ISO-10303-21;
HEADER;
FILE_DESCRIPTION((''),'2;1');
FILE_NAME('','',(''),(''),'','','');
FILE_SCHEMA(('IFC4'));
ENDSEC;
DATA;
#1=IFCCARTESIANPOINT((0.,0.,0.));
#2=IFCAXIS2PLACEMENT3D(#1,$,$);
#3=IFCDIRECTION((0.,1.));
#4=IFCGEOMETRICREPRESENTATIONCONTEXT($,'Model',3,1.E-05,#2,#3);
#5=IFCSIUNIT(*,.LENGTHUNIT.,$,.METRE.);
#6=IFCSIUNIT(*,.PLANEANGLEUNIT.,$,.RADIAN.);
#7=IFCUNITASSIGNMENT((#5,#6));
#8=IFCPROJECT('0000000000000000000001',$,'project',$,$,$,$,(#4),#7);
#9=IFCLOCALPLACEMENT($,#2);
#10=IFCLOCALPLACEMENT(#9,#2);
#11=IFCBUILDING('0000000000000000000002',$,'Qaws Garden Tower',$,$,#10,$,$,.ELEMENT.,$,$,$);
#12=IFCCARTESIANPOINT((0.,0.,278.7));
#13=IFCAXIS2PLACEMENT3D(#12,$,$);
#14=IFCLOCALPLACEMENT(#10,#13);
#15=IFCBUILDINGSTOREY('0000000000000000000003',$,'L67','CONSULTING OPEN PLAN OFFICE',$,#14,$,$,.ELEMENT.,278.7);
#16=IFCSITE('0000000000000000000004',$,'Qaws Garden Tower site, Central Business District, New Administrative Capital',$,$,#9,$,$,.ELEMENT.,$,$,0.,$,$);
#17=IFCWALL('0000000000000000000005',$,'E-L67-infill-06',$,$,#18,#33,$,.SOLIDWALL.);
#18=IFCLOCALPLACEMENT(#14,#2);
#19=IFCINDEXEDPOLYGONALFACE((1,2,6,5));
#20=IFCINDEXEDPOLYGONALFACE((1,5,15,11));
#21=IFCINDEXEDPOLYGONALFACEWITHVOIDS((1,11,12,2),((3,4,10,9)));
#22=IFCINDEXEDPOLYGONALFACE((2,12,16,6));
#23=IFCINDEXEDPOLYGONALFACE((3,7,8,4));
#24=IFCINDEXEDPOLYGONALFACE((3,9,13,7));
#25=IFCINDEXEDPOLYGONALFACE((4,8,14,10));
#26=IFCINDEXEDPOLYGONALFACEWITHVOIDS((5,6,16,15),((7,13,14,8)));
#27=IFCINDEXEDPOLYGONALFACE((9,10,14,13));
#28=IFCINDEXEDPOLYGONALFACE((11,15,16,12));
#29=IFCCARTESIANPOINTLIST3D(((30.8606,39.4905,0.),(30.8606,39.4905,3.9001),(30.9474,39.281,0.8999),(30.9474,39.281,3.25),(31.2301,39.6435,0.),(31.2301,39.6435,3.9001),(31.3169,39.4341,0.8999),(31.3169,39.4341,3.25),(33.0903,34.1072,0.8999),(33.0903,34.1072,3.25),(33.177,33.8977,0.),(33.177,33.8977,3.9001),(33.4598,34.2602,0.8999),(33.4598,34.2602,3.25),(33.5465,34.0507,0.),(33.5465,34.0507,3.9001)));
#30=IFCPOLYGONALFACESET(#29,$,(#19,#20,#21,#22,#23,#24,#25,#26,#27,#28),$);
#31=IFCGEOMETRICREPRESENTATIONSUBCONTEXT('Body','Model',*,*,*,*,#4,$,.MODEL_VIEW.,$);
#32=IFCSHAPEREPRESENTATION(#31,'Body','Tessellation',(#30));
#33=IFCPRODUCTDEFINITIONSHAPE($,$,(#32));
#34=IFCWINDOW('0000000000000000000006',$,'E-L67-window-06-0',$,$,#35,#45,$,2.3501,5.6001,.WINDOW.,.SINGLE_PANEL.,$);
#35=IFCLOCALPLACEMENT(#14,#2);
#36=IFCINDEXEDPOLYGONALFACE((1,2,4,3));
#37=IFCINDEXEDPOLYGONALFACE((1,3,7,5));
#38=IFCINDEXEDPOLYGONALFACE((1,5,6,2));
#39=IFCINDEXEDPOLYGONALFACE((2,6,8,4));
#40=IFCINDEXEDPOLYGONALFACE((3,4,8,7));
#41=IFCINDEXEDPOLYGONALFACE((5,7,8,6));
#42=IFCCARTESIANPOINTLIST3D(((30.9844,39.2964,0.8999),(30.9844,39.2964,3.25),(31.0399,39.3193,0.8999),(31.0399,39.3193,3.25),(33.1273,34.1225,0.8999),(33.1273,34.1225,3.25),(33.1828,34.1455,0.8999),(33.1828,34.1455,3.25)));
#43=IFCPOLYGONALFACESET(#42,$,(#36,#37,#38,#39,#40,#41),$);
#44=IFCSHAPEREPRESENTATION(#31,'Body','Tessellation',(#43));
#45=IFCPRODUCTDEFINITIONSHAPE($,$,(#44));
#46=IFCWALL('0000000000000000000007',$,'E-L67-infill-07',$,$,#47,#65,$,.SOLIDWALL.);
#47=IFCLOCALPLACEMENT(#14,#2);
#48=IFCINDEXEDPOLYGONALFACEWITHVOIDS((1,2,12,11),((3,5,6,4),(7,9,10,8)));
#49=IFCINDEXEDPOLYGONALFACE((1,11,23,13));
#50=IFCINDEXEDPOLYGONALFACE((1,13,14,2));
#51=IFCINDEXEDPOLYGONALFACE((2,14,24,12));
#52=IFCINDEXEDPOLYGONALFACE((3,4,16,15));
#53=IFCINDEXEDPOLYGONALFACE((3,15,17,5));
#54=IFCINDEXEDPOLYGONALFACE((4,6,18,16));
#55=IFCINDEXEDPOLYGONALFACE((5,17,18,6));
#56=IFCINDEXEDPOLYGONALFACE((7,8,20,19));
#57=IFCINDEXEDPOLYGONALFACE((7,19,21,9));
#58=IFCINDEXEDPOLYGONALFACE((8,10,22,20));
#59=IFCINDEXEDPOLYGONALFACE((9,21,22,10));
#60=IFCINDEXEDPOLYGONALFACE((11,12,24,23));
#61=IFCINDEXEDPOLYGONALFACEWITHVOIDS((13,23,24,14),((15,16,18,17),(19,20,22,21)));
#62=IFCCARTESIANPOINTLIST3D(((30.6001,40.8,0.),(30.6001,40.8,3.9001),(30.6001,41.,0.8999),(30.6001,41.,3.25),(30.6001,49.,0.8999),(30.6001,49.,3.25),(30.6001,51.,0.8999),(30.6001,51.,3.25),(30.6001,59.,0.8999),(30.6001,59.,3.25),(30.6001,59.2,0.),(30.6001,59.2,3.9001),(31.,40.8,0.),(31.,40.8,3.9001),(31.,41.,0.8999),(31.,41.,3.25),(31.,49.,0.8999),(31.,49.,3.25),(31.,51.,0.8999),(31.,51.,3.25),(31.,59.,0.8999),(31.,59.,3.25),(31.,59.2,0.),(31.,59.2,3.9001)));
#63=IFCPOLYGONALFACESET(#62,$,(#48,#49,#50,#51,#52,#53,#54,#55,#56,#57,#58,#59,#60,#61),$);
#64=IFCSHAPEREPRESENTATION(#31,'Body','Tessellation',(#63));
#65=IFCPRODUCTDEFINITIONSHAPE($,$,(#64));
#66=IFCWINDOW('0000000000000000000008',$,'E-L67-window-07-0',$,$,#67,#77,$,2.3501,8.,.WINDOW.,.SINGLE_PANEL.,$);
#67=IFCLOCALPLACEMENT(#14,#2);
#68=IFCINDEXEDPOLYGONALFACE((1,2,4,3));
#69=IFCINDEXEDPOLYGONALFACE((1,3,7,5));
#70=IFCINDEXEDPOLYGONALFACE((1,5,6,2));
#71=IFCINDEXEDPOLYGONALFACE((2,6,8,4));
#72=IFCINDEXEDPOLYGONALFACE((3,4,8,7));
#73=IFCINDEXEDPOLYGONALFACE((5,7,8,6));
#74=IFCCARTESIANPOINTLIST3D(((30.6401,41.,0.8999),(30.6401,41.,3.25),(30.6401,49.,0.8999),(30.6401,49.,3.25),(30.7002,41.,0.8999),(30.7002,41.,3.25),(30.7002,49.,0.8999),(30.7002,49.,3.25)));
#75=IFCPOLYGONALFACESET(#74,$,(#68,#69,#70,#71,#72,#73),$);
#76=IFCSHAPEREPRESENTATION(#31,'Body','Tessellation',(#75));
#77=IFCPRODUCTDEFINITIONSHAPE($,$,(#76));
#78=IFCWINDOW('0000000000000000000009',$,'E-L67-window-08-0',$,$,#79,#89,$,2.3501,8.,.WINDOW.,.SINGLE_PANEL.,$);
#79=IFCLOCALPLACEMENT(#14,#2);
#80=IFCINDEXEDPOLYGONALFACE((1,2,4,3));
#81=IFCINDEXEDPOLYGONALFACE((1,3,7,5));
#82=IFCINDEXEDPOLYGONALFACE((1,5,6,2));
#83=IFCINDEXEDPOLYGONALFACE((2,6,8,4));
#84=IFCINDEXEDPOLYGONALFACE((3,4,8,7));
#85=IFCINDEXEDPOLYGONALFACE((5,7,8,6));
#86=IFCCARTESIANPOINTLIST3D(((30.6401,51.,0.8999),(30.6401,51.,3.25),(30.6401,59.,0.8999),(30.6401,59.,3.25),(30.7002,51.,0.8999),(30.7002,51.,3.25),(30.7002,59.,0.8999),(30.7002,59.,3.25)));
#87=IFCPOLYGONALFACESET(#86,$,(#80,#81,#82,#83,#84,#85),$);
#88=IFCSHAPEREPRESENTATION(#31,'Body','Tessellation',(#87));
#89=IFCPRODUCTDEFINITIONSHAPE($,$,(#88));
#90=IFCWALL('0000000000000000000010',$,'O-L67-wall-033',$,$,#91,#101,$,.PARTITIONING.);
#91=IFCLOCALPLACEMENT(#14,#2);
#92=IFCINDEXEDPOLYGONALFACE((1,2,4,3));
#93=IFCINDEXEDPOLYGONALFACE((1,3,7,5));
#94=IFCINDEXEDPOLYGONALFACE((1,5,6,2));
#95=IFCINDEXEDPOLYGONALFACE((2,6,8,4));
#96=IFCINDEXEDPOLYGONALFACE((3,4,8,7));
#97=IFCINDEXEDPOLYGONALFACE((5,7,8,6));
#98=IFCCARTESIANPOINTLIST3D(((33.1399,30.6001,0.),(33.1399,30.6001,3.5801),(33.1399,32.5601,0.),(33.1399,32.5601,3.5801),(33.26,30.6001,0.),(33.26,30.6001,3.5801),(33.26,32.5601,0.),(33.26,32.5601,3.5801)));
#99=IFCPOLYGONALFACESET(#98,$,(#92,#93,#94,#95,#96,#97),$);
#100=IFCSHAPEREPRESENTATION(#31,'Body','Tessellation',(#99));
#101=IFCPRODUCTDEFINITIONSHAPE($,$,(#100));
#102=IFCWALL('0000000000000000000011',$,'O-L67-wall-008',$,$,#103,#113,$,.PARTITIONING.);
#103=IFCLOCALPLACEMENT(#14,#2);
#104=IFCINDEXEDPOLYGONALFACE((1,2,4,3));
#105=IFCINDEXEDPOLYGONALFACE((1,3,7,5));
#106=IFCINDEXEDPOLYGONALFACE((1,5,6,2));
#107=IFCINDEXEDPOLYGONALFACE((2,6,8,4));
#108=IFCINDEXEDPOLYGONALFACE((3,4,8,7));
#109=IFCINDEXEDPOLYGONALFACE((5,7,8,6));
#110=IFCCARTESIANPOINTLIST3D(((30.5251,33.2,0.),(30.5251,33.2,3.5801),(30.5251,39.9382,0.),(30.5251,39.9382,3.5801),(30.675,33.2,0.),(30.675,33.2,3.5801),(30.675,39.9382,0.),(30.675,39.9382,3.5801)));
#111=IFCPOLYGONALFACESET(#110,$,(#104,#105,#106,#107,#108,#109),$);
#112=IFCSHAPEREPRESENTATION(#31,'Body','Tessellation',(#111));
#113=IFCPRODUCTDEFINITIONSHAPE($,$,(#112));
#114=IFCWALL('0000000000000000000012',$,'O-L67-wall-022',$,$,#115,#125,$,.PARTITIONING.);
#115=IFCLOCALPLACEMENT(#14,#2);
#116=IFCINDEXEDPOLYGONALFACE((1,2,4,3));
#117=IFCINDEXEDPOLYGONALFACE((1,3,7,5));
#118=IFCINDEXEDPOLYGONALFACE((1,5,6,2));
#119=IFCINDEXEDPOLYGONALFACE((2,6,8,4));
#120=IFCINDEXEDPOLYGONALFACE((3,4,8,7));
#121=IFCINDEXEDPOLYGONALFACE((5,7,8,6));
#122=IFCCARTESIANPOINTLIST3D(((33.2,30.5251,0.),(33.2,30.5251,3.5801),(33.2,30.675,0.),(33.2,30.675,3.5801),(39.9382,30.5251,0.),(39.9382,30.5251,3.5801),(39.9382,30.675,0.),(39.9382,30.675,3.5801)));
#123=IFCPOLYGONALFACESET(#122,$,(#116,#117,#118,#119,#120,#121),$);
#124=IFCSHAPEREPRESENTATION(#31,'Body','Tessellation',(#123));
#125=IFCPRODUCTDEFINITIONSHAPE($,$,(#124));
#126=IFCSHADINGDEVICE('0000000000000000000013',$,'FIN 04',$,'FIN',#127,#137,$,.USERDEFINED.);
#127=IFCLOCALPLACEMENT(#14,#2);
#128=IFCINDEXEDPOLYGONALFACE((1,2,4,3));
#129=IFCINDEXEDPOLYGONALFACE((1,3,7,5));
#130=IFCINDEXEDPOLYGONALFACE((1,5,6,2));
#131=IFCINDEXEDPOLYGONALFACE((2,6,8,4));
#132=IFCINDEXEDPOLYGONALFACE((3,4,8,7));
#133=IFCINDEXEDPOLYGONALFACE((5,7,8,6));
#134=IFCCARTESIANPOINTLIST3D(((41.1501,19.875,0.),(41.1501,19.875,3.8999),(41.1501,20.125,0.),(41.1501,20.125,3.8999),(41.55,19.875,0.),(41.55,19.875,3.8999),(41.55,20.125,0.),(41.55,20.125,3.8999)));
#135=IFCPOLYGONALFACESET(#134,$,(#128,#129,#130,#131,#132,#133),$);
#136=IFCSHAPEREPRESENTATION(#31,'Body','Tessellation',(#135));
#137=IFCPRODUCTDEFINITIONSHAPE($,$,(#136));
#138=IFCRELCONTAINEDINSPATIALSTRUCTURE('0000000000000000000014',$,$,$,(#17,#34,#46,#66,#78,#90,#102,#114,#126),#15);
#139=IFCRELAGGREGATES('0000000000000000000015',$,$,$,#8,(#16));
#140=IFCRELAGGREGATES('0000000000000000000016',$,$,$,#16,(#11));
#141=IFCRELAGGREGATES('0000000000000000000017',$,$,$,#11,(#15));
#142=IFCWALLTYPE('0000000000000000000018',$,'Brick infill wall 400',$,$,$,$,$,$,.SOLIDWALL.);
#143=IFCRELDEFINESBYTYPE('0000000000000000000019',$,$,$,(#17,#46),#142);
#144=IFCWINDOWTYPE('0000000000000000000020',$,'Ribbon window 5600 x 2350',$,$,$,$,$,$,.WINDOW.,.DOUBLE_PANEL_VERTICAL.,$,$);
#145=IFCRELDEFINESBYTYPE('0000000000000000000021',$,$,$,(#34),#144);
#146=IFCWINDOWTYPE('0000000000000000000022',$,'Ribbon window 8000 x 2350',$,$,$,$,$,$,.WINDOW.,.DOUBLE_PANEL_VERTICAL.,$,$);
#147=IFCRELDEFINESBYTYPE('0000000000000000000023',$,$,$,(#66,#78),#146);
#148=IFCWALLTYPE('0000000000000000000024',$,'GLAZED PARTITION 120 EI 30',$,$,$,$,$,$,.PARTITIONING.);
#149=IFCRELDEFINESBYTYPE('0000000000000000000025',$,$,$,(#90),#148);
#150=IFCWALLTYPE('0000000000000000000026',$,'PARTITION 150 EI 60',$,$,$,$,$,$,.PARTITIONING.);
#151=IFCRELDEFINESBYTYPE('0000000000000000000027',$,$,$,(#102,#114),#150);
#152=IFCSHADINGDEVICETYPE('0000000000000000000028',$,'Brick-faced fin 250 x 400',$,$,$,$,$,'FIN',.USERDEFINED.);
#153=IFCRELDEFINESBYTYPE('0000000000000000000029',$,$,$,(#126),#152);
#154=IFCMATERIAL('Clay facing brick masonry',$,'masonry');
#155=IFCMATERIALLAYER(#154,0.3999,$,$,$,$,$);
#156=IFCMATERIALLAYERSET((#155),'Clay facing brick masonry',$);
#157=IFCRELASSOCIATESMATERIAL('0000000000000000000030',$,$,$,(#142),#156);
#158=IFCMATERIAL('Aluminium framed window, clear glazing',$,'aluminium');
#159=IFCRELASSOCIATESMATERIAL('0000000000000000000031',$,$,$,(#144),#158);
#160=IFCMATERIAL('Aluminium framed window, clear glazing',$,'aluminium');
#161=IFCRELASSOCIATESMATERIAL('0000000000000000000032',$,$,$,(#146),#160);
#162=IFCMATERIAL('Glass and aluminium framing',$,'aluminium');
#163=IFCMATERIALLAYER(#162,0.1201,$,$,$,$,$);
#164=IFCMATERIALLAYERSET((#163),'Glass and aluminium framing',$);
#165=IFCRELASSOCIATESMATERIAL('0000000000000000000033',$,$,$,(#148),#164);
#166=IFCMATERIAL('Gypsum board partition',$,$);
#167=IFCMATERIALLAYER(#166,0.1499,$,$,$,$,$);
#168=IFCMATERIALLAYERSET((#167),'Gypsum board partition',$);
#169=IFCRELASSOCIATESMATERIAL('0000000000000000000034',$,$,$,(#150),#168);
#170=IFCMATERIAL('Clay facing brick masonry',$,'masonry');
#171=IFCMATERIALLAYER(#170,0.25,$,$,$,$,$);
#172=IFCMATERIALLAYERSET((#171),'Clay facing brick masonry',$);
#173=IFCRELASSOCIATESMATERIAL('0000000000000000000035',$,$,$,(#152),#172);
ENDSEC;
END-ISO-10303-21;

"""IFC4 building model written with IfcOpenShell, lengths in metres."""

from ifc_helpers import new_model, si_unit, direction, frame, frame_2d, origin, origin_2d, place, context, subcontext, project, spatial, rectangle, extrude, material, layer, layer_set, type_object, element, fill, save


model = new_model("IFC4")

# Units and contexts
model_context = context("Model", 3, precision=1e-05, world=origin(), true_north=direction((0.0, 1.0)))
body_context = subcontext(model_context, "Body", "Model", "MODEL_VIEW")
ifc_project = project(units=[si_unit("LENGTHUNIT", "METRE"), si_unit("PLANEANGLEUNIT", "RADIAN")], contexts=[model_context])

# Site, building, storey
site_placement = place(None, origin())
site = spatial("IfcSite", under=ifc_project, at=site_placement, Name="Qaws Garden Tower site, Central Business District, New Administrative Capital", CompositionType="ELEMENT", RefElevation=0.0)
building_placement = place(site_placement, origin())
building = spatial("IfcBuilding", under=site, at=building_placement, Name="Qaws Garden Tower", CompositionType="ELEMENT")
storey_placement = place(building_placement, frame((0.0, 0.0, 278.7)))
storey = spatial("IfcBuildingStorey", under=building, at=storey_placement, Name="L67", Description="CONSULTING OPEN PLAN OFFICE", CompositionType="ELEMENT", Elevation=278.7)

# Wall, opening, window
ifc_material_1 = material(Name="Clay facing brick masonry", Category="masonry")
ifc_layer_1 = layer(ifc_material_1, 0.3999)
ifc_layer_set_1 = layer_set([ifc_layer_1], Name="Clay facing brick masonry")
wall_type_1 = type_object("IfcWallType", Name="Brick infill wall 400", PredefinedType="SOLIDWALL", material=ifc_layer_set_1)
ifc_material_2 = material(Name="Aluminium framed window, clear glazing", Category="aluminium")
window_type_1 = type_object("IfcWindowType", Name="Ribbon window 5600 x 2350", PartitioningType="DOUBLE_PANEL_VERTICAL", PredefinedType="WINDOW", material=ifc_material_2)
wall_1_placement = place(storey_placement, frame((33.3618, 33.9741, 0.0), z_axis=(0.0, 0.0, 1.0), x_axis=(-0.382656, 0.923891, 0.0)))
wall_1 = element("IfcWall", 1, at=wall_1_placement, inside=storey, type_object=wall_type_1, Name="E-L67-infill-06", PredefinedType="SOLIDWALL", context=body_context, shape_type="SweptSolid", body=[
    extrude(rectangle(XDim=6.0535, YDim=0.3999, at=frame_2d((3.0269, 0.0))), origin(), (0.0, 0.0, 1.0), 3.9001),
])
opening_1_placement = place(wall_1_placement, frame((0.2268, 0.0, 0.8999)))
opening_1 = element("IfcOpeningElement", 2, at=opening_1_placement, cuts=wall_1, PredefinedType="OPENING", context=body_context, shape_type="SweptSolid", body=[
    extrude(rectangle(XDim=5.6001, YDim=2.3501, at=frame_2d((2.8, 1.175))), frame((0.0, 0.21, 0.0), z_axis=(0.0, -1.0, 0.0), x_axis=(1.0, 0.0, 0.0)), (0.0, 0.0, 1.0), 0.4199),
])
window_1_placement = place(opening_1_placement, origin())
window_1 = element("IfcWindow", 3, at=window_1_placement, inside=storey, type_object=window_type_1, Name="E-L67-window-06-0", OverallHeight=2.3501, OverallWidth=5.6001, PartitioningType="SINGLE_PANEL", PredefinedType="WINDOW", context=body_context, shape_type="SweptSolid", body=[
    extrude(rectangle(XDim=5.6001, YDim=2.3501, at=frame_2d((2.8, 1.175))), frame((0.0, 0.1599, 0.0), z_axis=(0.0, -1.0, 0.0), x_axis=(1.0, 0.0, 0.0)), (0.0, 0.0, 1.0), 0.0601),
])
fill(opening_1, window_1)

# Wall, openings, windows
wall_2_placement = place(storey_placement, frame((30.8, 40.8, 0.0), z_axis=(0.0, 0.0, 1.0), x_axis=(0.0, 1.0, 0.0)))
wall_2 = element("IfcWall", 4, at=wall_2_placement, inside=storey, type_object=wall_type_1, Name="E-L67-infill-07", PredefinedType="SOLIDWALL", context=body_context, shape_type="SweptSolid", body=[
    extrude(rectangle(XDim=18.3999, YDim=0.3999, at=frame_2d((9.2, 0.0))), origin(), (0.0, 0.0, 1.0), 3.9001),
])
opening_2_placement = place(wall_2_placement, frame((0.2, 0.0, 0.8999)))
opening_2 = element("IfcOpeningElement", 5, at=opening_2_placement, cuts=wall_2, PredefinedType="OPENING", context=body_context, shape_type="SweptSolid", body=[
    extrude(rectangle(XDim=8.0, YDim=2.3501, at=frame_2d((4.0, 1.175))), frame((0.0, 0.21, 0.0), z_axis=(0.0, -1.0, 0.0), x_axis=(1.0, 0.0, 0.0)), (0.0, 0.0, 1.0), 0.4199),
])
opening_3_placement = place(wall_2_placement, frame((10.2, 0.0, 0.8999)))
opening_3 = element("IfcOpeningElement", 6, at=opening_3_placement, cuts=wall_2, PredefinedType="OPENING", context=body_context, shape_type="SweptSolid", body=[
    extrude(rectangle(XDim=8.0, YDim=2.3501, at=frame_2d((4.0, 1.175))), frame((0.0, 0.21, 0.0), z_axis=(0.0, -1.0, 0.0), x_axis=(1.0, 0.0, 0.0)), (0.0, 0.0, 1.0), 0.4199),
])
ifc_material_3 = material(Name="Aluminium framed window, clear glazing", Category="aluminium")
window_type_2 = type_object("IfcWindowType", Name="Ribbon window 8000 x 2350", PartitioningType="DOUBLE_PANEL_VERTICAL", PredefinedType="WINDOW", material=ifc_material_3)
window_2_placement = place(opening_2_placement, origin())
window_2 = element("IfcWindow", 7, at=window_2_placement, inside=storey, type_object=window_type_2, Name="E-L67-window-07-0", OverallHeight=2.3501, OverallWidth=8.0, PartitioningType="SINGLE_PANEL", PredefinedType="WINDOW", context=body_context, shape_type="SweptSolid", body=[
    extrude(rectangle(XDim=8.0, YDim=2.3501, at=frame_2d((4.0, 1.175))), frame((0.0, 0.1599, 0.0), z_axis=(0.0, -1.0, 0.0), x_axis=(1.0, 0.0, 0.0)), (0.0, 0.0, 1.0), 0.0601),
])
fill(opening_2, window_2)
window_3_placement = place(opening_3_placement, origin())
window_3 = element("IfcWindow", 8, at=window_3_placement, inside=storey, type_object=window_type_2, Name="E-L67-window-08-0", OverallHeight=2.3501, OverallWidth=8.0, PartitioningType="SINGLE_PANEL", PredefinedType="WINDOW", context=body_context, shape_type="SweptSolid", body=[
    extrude(rectangle(XDim=8.0, YDim=2.3501, at=frame_2d((4.0, 1.175))), frame((0.0, 0.1599, 0.0), z_axis=(0.0, -1.0, 0.0), x_axis=(1.0, 0.0, 0.0)), (0.0, 0.0, 1.0), 0.0601),
])
fill(opening_3, window_3)

# Walls
ifc_material_4 = material(Name="Glass and aluminium framing", Category="aluminium")
ifc_layer_2 = layer(ifc_material_4, 0.1201)
ifc_layer_set_2 = layer_set([ifc_layer_2], Name="Glass and aluminium framing")
wall_type_2 = type_object("IfcWallType", Name="GLAZED PARTITION 120 EI 30", PredefinedType="PARTITIONING", material=ifc_layer_set_2)
wall_3_placement = place(storey_placement, frame((33.2, 30.6001, 0.0), z_axis=(0.0, 0.0, 1.0), x_axis=(0.0, 1.0, 0.0)))
element("IfcWall", 9, at=wall_3_placement, inside=storey, type_object=wall_type_2, Name="O-L67-wall-033", PredefinedType="PARTITIONING", context=body_context, shape_type="SweptSolid", body=[
    extrude(rectangle(XDim=1.96, YDim=0.1201, at=frame_2d((0.98, 0.0))), origin(), (0.0, 0.0, 1.0), 3.5801),
])
ifc_material_5 = material(Name="Gypsum board partition")
ifc_layer_3 = layer(ifc_material_5, 0.1499)
ifc_layer_set_3 = layer_set([ifc_layer_3], Name="Gypsum board partition")
wall_type_3 = type_object("IfcWallType", Name="PARTITION 150 EI 60", PredefinedType="PARTITIONING", material=ifc_layer_set_3)
for number, where, z_axis, x_axis, name in (
    (10, (30.6001, 33.2, 0.0), (0.0, 0.0, 1.0), (0.0, 1.0, 0.0), "O-L67-wall-008"),
    (11, (33.2, 30.6001, 0.0), (0.0, 0.0, 1.0), (1.0, 0.0, 0.0), "O-L67-wall-022"),
):
    element("IfcWall", number, at=place(storey_placement, frame(where, z_axis=z_axis, x_axis=x_axis)), inside=storey, type_object=wall_type_3, Name=name, PredefinedType="PARTITIONING", context=body_context, shape_type="SweptSolid", body=[
        extrude(rectangle(XDim=6.7383, YDim=0.1499, at=frame_2d((3.3691, 0.0))), origin(), (0.0, 0.0, 1.0), 3.5801),
    ])

# Shading device
ifc_material_6 = material(Name="Clay facing brick masonry", Category="masonry")
ifc_layer_4 = layer(ifc_material_6, 0.25)
ifc_layer_set_4 = layer_set([ifc_layer_4], Name="Clay facing brick masonry")
shading_device_type = type_object("IfcShadingDeviceType", Name="Brick-faced fin 250 x 400", ElementType="FIN", PredefinedType="USERDEFINED", material=ifc_layer_set_4)
shading_device_placement = place(storey_placement, frame((41.3501, 20.0, 0.0), z_axis=(0.0, 0.0, 1.0), x_axis=(0.0, 1.0, 0.0)))
element("IfcShadingDevice", 12, at=shading_device_placement, inside=storey, type_object=shading_device_type, Name="FIN 04", ObjectType="FIN", PredefinedType="USERDEFINED", context=body_context, shape_type="SweptSolid", body=[
    extrude(rectangle(XDim=0.25, YDim=0.3999, at=origin_2d()), origin(), (0.0, 0.0, 1.0), 3.8999),
])

save(model, "model.ifc")
